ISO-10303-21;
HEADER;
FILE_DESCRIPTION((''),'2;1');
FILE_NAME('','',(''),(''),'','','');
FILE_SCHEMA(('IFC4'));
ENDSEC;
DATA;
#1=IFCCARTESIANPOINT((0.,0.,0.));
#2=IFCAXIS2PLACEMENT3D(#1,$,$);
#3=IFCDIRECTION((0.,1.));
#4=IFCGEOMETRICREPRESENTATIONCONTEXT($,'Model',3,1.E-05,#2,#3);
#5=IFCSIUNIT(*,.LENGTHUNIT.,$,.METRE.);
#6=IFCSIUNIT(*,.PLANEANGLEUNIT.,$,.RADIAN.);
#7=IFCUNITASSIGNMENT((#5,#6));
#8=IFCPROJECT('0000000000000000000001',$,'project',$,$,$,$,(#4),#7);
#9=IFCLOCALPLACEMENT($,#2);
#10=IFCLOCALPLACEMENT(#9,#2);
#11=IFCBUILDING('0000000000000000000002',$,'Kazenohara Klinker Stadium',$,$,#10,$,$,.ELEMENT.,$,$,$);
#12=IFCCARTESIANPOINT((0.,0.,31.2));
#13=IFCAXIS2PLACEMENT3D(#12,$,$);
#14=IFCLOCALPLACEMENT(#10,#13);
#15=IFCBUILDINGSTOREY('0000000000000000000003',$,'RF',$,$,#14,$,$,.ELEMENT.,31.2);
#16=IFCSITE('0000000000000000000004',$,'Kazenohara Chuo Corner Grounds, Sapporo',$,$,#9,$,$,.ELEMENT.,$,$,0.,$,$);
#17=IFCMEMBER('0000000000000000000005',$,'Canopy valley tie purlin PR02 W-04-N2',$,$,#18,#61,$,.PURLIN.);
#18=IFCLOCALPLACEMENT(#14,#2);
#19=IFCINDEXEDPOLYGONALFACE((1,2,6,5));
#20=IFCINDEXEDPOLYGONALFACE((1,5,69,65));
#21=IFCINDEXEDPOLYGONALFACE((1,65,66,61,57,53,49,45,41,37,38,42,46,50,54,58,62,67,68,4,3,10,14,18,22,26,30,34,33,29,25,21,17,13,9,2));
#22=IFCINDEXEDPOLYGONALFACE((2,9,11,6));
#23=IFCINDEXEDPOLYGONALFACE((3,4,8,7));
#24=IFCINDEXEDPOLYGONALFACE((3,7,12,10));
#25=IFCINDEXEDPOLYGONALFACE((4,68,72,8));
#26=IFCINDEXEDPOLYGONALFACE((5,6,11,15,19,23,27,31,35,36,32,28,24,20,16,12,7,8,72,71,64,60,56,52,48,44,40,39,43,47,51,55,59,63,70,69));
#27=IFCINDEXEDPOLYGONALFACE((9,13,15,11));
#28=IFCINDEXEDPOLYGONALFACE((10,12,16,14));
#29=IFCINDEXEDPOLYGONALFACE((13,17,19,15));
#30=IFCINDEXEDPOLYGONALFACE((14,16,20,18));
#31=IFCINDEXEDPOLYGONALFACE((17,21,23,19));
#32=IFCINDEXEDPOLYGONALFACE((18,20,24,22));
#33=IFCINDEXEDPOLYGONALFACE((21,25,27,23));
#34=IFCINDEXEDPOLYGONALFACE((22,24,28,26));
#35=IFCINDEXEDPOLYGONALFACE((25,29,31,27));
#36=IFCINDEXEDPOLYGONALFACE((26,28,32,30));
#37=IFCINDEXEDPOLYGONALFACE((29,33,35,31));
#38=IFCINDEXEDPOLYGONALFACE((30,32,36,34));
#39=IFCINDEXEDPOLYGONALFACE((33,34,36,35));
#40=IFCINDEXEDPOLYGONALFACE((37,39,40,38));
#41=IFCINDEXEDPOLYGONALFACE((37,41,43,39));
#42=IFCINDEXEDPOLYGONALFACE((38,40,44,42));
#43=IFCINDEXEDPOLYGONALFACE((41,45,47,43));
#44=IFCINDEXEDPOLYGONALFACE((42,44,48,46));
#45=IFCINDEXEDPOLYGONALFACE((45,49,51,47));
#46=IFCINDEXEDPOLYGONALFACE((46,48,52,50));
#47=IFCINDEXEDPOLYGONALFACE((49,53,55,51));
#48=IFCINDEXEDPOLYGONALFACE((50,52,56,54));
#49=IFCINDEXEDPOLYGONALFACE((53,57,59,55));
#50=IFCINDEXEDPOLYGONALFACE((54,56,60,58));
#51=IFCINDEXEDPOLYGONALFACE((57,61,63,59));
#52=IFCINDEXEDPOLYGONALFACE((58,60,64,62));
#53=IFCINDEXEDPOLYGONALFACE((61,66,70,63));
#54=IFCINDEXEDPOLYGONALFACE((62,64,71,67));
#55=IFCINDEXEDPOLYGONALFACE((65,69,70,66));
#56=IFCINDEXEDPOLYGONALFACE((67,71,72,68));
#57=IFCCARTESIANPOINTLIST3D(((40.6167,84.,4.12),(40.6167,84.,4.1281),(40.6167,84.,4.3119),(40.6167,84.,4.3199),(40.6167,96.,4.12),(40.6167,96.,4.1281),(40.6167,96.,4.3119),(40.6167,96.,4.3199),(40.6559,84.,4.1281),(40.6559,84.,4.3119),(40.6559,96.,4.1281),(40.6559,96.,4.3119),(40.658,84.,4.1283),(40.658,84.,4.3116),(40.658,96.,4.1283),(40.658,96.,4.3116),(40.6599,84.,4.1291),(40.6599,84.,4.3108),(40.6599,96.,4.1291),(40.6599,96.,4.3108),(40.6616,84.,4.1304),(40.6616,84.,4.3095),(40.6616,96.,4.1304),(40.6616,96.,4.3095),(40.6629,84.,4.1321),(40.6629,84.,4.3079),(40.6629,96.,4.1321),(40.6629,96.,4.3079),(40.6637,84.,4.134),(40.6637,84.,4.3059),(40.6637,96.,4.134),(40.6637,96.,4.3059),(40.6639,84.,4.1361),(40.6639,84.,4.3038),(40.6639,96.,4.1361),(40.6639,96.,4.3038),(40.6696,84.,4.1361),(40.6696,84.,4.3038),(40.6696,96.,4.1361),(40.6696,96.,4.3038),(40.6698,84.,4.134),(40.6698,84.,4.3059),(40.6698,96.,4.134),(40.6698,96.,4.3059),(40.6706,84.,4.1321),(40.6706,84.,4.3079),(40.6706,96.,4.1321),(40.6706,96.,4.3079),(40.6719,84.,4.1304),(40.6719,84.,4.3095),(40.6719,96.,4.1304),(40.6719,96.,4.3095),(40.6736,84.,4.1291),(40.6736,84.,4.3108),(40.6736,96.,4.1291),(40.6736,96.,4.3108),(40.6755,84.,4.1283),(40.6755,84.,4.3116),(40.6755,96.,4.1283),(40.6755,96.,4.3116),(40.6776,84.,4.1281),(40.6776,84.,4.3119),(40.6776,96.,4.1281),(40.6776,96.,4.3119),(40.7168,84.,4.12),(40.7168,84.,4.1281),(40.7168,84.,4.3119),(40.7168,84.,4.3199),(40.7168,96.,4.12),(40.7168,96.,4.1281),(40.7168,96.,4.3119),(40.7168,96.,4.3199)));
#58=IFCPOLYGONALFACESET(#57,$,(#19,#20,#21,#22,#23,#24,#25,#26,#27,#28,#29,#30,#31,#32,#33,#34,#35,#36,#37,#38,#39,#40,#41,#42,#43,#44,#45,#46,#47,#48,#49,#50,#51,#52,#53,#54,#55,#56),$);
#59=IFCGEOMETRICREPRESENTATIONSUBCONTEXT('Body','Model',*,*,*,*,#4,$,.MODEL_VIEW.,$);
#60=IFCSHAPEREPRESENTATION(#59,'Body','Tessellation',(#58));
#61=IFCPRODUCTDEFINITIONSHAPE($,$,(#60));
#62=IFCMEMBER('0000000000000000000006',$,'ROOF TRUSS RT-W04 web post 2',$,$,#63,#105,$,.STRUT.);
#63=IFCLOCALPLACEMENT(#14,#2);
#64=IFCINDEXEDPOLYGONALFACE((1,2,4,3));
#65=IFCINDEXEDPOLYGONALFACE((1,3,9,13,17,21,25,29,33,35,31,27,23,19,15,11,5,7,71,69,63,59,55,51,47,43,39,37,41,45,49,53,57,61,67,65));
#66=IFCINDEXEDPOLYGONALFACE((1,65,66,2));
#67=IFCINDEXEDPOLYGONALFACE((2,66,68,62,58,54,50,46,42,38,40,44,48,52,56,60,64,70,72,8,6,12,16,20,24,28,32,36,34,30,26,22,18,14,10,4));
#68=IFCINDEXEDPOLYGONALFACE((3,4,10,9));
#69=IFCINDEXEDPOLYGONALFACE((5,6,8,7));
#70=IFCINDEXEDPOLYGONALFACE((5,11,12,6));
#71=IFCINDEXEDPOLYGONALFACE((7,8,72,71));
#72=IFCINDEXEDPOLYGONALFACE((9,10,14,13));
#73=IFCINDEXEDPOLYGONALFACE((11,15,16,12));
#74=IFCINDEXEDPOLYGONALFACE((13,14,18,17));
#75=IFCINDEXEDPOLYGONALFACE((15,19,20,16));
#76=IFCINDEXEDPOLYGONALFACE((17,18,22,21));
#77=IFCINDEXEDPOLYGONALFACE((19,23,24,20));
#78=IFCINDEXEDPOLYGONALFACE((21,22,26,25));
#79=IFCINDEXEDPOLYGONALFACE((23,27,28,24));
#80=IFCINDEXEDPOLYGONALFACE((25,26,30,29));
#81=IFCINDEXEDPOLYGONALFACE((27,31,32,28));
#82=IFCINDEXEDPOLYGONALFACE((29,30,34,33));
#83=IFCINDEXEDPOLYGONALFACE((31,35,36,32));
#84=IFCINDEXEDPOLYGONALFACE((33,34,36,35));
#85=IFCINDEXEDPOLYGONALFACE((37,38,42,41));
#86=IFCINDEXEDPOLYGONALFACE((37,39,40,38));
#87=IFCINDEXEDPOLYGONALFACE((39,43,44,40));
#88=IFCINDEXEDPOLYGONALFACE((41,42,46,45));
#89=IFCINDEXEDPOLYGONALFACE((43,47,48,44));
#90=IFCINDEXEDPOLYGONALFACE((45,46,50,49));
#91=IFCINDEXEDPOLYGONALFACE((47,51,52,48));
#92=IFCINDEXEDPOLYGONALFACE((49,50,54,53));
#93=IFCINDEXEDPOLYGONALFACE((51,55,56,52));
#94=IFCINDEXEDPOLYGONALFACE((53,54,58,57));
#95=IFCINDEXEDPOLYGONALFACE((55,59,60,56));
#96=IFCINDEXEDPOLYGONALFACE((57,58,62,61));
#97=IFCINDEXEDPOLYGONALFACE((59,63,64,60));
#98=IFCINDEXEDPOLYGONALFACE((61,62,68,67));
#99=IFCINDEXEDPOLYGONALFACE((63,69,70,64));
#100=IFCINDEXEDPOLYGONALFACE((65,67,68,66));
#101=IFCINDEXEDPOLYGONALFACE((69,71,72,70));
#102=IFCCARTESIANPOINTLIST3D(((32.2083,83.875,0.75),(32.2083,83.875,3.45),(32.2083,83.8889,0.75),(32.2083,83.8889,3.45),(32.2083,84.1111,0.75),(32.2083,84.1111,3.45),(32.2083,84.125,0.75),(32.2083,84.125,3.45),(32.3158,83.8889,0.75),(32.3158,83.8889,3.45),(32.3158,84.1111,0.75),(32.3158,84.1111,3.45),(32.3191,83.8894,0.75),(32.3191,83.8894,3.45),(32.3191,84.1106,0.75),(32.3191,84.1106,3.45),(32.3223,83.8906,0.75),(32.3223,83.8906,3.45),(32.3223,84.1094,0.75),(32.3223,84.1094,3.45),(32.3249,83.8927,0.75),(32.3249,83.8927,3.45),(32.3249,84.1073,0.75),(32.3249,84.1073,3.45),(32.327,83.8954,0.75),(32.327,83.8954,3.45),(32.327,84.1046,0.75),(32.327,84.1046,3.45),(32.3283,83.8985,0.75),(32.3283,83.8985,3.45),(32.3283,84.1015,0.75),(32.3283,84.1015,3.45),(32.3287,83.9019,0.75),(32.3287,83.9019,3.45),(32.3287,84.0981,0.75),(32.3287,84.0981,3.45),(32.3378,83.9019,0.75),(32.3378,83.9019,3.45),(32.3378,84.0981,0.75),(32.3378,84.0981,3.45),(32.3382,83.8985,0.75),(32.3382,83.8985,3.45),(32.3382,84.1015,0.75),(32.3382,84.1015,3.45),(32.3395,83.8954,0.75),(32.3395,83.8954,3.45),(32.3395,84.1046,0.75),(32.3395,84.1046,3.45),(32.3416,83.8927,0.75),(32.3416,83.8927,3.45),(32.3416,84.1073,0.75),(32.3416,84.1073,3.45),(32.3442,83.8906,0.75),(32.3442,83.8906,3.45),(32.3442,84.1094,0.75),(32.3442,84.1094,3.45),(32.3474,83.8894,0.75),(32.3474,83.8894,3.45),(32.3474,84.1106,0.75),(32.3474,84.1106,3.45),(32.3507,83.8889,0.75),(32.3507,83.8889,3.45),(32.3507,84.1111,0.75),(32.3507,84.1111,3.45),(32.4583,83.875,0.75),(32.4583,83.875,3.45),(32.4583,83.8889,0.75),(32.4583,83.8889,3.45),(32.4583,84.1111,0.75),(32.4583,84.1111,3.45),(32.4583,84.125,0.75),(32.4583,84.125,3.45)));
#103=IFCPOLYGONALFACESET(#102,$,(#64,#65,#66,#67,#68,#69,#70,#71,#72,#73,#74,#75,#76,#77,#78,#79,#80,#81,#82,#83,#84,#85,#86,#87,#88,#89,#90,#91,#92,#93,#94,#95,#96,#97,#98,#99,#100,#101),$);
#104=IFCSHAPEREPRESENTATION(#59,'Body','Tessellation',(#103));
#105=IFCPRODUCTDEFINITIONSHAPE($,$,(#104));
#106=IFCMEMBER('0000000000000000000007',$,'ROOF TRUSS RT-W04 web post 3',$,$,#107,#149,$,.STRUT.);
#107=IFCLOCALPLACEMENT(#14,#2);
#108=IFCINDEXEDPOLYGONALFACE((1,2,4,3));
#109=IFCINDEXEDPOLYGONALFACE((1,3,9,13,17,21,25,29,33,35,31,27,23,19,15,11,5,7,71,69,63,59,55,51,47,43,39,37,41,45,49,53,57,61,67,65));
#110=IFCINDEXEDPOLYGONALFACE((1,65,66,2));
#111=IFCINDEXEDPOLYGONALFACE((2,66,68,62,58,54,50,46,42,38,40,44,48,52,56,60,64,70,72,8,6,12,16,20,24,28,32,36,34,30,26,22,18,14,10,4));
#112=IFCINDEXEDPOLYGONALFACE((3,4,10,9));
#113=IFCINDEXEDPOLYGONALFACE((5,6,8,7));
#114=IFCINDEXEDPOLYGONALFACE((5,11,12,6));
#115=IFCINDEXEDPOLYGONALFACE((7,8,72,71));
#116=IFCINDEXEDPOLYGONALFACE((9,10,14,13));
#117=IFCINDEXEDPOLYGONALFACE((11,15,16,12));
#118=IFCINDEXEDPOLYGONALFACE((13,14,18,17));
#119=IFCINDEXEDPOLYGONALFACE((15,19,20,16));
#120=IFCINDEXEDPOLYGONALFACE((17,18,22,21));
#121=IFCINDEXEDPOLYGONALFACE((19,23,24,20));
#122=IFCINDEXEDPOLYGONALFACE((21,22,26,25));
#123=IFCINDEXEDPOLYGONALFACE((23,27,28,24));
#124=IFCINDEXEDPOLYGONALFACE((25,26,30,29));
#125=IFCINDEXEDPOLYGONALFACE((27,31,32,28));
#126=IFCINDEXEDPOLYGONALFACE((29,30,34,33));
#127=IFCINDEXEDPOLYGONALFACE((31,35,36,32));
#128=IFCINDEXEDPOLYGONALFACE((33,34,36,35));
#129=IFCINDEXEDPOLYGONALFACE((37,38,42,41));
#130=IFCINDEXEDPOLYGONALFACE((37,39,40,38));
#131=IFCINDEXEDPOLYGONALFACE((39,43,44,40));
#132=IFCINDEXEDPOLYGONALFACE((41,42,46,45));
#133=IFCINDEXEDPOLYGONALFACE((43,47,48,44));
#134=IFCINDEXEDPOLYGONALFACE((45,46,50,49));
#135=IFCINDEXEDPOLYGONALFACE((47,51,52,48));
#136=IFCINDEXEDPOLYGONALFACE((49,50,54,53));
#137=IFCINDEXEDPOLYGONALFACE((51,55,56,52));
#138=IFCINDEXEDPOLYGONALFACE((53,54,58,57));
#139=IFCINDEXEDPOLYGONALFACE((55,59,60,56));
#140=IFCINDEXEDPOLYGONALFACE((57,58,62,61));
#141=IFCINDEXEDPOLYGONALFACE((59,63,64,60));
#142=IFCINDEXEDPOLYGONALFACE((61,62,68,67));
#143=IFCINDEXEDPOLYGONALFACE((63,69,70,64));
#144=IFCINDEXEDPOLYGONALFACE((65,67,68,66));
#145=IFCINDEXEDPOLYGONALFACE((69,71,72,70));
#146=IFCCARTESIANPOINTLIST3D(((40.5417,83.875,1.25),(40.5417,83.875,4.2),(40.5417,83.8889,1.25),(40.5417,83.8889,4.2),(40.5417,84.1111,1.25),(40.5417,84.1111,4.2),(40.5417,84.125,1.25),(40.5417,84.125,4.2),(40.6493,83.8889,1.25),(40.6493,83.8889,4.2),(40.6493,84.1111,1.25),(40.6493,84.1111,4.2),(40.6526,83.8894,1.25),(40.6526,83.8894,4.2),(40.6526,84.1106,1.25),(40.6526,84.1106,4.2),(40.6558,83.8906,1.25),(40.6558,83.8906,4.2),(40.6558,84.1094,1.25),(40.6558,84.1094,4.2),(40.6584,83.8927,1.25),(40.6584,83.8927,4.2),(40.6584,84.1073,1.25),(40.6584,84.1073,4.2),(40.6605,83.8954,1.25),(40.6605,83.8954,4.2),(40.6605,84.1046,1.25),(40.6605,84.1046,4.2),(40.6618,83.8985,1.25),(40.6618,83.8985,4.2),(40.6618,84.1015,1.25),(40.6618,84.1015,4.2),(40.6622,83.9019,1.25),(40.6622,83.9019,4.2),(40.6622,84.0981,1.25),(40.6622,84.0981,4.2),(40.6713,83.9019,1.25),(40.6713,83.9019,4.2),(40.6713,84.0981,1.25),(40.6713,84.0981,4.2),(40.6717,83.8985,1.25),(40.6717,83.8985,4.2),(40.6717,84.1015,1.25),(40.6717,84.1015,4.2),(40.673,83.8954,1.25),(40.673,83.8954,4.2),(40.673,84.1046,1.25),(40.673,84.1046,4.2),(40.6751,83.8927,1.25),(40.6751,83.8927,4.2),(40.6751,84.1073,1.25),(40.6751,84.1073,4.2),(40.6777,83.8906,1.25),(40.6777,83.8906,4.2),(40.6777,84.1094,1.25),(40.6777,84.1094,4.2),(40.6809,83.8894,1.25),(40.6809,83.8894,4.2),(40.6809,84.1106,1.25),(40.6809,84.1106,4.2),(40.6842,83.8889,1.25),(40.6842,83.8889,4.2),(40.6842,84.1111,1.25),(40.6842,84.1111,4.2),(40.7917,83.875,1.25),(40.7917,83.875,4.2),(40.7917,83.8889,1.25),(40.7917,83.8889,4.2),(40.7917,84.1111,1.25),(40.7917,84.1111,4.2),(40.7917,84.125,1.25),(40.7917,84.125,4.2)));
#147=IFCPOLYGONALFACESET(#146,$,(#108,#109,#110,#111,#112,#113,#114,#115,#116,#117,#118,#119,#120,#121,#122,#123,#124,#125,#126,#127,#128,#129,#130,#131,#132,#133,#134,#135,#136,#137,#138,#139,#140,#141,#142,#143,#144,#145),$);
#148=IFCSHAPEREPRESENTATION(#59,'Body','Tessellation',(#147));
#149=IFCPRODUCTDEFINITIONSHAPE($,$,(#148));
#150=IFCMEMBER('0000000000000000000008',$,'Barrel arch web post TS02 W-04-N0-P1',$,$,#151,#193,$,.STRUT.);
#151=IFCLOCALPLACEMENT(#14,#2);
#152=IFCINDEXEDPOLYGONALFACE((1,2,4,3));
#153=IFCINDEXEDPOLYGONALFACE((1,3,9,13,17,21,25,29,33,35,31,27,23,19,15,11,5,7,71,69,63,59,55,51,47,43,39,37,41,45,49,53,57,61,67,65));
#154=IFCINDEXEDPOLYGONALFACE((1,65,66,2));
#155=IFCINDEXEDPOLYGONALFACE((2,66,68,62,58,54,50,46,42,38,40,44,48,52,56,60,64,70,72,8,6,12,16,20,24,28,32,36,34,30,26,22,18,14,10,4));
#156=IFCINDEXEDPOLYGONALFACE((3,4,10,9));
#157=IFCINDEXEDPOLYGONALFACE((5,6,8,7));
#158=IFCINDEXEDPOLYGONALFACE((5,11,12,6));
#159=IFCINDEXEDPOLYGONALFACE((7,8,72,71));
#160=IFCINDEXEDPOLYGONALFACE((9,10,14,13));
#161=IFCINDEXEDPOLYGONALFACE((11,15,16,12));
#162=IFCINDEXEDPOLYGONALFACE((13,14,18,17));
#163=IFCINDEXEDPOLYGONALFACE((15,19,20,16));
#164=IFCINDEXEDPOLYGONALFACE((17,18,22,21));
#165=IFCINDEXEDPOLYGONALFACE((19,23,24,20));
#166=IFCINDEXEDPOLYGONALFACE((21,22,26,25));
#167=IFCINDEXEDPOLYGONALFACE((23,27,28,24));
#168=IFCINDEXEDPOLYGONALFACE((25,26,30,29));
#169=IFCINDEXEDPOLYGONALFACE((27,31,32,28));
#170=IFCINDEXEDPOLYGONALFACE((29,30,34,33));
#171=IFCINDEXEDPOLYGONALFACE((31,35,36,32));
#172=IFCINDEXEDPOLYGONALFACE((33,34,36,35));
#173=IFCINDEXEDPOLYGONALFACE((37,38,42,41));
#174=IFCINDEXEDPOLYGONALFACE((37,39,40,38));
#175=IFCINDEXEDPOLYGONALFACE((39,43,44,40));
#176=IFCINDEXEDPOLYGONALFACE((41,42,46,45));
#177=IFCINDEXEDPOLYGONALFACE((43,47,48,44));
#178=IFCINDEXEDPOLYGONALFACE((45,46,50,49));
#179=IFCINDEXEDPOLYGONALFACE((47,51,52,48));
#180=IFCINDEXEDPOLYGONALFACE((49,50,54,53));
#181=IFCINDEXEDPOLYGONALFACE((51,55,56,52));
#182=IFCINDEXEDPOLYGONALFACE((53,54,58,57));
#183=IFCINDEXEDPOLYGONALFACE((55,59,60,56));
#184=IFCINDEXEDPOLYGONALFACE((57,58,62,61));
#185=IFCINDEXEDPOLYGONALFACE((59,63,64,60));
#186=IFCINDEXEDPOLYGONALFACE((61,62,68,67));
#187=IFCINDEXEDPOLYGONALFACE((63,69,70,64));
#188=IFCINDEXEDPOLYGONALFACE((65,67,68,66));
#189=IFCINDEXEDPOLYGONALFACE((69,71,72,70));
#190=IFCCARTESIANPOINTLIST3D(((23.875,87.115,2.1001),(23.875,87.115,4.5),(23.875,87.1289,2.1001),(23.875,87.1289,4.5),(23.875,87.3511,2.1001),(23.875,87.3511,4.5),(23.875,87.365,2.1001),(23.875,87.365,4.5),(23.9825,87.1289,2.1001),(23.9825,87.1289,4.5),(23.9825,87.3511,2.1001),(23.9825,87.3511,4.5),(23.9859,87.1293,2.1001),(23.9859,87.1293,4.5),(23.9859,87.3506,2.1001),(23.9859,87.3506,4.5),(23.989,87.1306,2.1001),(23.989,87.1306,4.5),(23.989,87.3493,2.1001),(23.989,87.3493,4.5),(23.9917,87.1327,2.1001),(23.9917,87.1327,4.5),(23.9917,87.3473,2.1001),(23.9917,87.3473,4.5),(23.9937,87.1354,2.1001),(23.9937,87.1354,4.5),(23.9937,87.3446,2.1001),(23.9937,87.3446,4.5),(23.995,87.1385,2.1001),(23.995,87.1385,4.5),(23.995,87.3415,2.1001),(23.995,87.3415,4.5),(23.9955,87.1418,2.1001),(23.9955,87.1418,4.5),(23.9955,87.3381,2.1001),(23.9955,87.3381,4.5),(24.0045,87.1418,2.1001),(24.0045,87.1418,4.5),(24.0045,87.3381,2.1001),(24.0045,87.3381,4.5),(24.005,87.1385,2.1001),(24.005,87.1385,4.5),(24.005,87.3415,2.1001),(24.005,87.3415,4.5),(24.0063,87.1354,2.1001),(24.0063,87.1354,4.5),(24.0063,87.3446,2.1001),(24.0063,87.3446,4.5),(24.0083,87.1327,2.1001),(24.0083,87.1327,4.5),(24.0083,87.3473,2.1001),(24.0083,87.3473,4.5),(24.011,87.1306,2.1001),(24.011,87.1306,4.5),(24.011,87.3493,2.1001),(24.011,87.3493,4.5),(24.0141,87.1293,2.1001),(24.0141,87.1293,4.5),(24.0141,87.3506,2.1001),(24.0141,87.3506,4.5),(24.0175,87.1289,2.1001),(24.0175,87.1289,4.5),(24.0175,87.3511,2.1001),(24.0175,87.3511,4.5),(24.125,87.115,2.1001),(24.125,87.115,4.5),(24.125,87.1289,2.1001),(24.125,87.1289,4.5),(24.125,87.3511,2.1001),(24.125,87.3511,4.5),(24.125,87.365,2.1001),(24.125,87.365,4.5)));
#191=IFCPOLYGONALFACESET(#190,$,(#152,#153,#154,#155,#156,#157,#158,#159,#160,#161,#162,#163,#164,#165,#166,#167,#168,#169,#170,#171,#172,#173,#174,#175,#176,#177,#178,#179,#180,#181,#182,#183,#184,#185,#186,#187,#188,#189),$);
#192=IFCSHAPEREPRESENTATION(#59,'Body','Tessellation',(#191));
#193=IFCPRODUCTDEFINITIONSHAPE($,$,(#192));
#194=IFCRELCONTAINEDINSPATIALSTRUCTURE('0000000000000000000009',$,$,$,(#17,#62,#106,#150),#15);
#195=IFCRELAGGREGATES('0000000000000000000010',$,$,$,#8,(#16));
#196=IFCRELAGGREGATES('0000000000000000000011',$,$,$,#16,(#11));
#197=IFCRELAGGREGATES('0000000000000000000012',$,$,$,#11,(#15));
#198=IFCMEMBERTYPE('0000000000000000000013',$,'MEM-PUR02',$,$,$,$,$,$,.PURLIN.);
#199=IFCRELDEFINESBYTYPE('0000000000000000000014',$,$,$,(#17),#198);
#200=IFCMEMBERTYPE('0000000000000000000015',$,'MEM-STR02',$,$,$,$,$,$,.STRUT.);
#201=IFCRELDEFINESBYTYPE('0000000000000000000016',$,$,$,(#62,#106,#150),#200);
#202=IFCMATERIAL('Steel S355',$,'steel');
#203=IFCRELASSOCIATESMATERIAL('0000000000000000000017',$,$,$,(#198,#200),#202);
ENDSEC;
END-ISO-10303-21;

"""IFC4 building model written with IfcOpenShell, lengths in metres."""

from ifc_helpers import new_model, si_unit, direction, frame, origin, origin_2d, place, context, subcontext, project, spatial, i_section, extrude, material, material_profile, profile_set, type_object, element, save


model = new_model("IFC4")

# Units and contexts
model_context = context("Model", 3, precision=1e-05, world=origin(), true_north=direction((0.0, 1.0)))
body_context = subcontext(model_context, "Body", "Model", "MODEL_VIEW")
ifc_project = project(units=[si_unit("LENGTHUNIT", "METRE"), si_unit("PLANEANGLEUNIT", "RADIAN")], contexts=[model_context])

# Site, building, storey
site_placement = place(None, origin())
site = spatial("IfcSite", under=ifc_project, at=site_placement, Name="Kazenohara Chuo Corner Grounds, Sapporo", CompositionType="ELEMENT", RefElevation=0.0)
building_placement = place(site_placement, origin())
building = spatial("IfcBuilding", under=site, at=building_placement, Name="Kazenohara Klinker Stadium", CompositionType="ELEMENT")
storey_placement = place(building_placement, frame((0.0, 0.0, 31.2)))
storey = spatial("IfcBuildingStorey", under=building, at=storey_placement, Name="RF", CompositionType="ELEMENT", Elevation=31.2)

# Members
ifc_material_1 = material(Name="Steel S355", Category="steel")
ifc_material_profile_1 = material_profile(ifc_material_1, i_section(OverallWidth=0.1001, OverallDepth=0.2, WebThickness=0.0056, FlangeThickness=0.0081, FilletRadius=0.0081, at=origin_2d()), Name="H-200x100x5.5x8")
ifc_profile_set_1 = profile_set([ifc_material_profile_1], Name="Steel S355")
member_type_1 = type_object("IfcMemberType", Name="MEM-PUR02", PredefinedType="PURLIN", material=ifc_profile_set_1)
member_1_placement = place(storey_placement, frame((40.6667, 84.0, 4.22), z_axis=(0.0, 1.0, 0.0), x_axis=(-1.0, 0.0, 0.0)))
element("IfcMember", 1, at=member_1_placement, inside=storey, type_object=member_type_1, Name="Canopy valley tie purlin PR02 W-04-N2", PredefinedType="PURLIN", context=body_context, shape_type="SweptSolid", body=[
    extrude(i_section(OverallWidth=0.1001, OverallDepth=0.2, WebThickness=0.0056, FlangeThickness=0.0081, FilletRadius=0.0081, at=origin_2d()), origin(), (0.0, 0.0, 1.0), 12.0),
])
ifc_material_profile_2 = material_profile(ifc_material_1, i_section(OverallWidth=0.25, OverallDepth=0.25, WebThickness=0.009, FlangeThickness=0.0139, FilletRadius=0.0129, at=origin_2d()), Name="H-250x250x9x14")
ifc_profile_set_2 = profile_set([ifc_material_profile_2], Name="Steel S355")
member_type_2 = type_object("IfcMemberType", Name="MEM-STR02", PredefinedType="STRUT", material=ifc_profile_set_2)
member_2_placement = place(storey_placement, frame((32.3333, 84.0, 0.75), z_axis=(0.0, 0.0, 1.0), x_axis=(1.0, 0.0, 0.0)))
element("IfcMember", 2, at=member_2_placement, inside=storey, type_object=member_type_2, Name="ROOF TRUSS RT-W04 web post 2", PredefinedType="STRUT", context=body_context, shape_type="SweptSolid", body=[
    extrude(i_section(OverallWidth=0.25, OverallDepth=0.25, WebThickness=0.009, FlangeThickness=0.0139, FilletRadius=0.0129, at=origin_2d()), origin(), (0.0, 0.0, 1.0), 2.7),
])
member_3_placement = place(storey_placement, frame((40.6667, 84.0, 1.25), z_axis=(0.0, 0.0, 1.0), x_axis=(1.0, 0.0, 0.0)))
element("IfcMember", 3, at=member_3_placement, inside=storey, type_object=member_type_2, Name="ROOF TRUSS RT-W04 web post 3", PredefinedType="STRUT", context=body_context, shape_type="SweptSolid", body=[
    extrude(i_section(OverallWidth=0.25, OverallDepth=0.25, WebThickness=0.009, FlangeThickness=0.0139, FilletRadius=0.0129, at=origin_2d()), origin(), (0.0, 0.0, 1.0), 2.95),
])
member_4_placement = place(storey_placement, frame((24.0, 87.24, 2.1001), z_axis=(0.0, 0.0, 1.0), x_axis=(1.0, 0.0, 0.0)))
element("IfcMember", 4, at=member_4_placement, inside=storey, type_object=member_type_2, Name="Barrel arch web post TS02 W-04-N0-P1", PredefinedType="STRUT", context=body_context, shape_type="SweptSolid", body=[
    extrude(i_section(OverallWidth=0.25, OverallDepth=0.25, WebThickness=0.009, FlangeThickness=0.0139, FilletRadius=0.0129, at=origin_2d()), origin(), (0.0, 0.0, 1.0), 2.3999),
])

save(model, "model.ifc")
